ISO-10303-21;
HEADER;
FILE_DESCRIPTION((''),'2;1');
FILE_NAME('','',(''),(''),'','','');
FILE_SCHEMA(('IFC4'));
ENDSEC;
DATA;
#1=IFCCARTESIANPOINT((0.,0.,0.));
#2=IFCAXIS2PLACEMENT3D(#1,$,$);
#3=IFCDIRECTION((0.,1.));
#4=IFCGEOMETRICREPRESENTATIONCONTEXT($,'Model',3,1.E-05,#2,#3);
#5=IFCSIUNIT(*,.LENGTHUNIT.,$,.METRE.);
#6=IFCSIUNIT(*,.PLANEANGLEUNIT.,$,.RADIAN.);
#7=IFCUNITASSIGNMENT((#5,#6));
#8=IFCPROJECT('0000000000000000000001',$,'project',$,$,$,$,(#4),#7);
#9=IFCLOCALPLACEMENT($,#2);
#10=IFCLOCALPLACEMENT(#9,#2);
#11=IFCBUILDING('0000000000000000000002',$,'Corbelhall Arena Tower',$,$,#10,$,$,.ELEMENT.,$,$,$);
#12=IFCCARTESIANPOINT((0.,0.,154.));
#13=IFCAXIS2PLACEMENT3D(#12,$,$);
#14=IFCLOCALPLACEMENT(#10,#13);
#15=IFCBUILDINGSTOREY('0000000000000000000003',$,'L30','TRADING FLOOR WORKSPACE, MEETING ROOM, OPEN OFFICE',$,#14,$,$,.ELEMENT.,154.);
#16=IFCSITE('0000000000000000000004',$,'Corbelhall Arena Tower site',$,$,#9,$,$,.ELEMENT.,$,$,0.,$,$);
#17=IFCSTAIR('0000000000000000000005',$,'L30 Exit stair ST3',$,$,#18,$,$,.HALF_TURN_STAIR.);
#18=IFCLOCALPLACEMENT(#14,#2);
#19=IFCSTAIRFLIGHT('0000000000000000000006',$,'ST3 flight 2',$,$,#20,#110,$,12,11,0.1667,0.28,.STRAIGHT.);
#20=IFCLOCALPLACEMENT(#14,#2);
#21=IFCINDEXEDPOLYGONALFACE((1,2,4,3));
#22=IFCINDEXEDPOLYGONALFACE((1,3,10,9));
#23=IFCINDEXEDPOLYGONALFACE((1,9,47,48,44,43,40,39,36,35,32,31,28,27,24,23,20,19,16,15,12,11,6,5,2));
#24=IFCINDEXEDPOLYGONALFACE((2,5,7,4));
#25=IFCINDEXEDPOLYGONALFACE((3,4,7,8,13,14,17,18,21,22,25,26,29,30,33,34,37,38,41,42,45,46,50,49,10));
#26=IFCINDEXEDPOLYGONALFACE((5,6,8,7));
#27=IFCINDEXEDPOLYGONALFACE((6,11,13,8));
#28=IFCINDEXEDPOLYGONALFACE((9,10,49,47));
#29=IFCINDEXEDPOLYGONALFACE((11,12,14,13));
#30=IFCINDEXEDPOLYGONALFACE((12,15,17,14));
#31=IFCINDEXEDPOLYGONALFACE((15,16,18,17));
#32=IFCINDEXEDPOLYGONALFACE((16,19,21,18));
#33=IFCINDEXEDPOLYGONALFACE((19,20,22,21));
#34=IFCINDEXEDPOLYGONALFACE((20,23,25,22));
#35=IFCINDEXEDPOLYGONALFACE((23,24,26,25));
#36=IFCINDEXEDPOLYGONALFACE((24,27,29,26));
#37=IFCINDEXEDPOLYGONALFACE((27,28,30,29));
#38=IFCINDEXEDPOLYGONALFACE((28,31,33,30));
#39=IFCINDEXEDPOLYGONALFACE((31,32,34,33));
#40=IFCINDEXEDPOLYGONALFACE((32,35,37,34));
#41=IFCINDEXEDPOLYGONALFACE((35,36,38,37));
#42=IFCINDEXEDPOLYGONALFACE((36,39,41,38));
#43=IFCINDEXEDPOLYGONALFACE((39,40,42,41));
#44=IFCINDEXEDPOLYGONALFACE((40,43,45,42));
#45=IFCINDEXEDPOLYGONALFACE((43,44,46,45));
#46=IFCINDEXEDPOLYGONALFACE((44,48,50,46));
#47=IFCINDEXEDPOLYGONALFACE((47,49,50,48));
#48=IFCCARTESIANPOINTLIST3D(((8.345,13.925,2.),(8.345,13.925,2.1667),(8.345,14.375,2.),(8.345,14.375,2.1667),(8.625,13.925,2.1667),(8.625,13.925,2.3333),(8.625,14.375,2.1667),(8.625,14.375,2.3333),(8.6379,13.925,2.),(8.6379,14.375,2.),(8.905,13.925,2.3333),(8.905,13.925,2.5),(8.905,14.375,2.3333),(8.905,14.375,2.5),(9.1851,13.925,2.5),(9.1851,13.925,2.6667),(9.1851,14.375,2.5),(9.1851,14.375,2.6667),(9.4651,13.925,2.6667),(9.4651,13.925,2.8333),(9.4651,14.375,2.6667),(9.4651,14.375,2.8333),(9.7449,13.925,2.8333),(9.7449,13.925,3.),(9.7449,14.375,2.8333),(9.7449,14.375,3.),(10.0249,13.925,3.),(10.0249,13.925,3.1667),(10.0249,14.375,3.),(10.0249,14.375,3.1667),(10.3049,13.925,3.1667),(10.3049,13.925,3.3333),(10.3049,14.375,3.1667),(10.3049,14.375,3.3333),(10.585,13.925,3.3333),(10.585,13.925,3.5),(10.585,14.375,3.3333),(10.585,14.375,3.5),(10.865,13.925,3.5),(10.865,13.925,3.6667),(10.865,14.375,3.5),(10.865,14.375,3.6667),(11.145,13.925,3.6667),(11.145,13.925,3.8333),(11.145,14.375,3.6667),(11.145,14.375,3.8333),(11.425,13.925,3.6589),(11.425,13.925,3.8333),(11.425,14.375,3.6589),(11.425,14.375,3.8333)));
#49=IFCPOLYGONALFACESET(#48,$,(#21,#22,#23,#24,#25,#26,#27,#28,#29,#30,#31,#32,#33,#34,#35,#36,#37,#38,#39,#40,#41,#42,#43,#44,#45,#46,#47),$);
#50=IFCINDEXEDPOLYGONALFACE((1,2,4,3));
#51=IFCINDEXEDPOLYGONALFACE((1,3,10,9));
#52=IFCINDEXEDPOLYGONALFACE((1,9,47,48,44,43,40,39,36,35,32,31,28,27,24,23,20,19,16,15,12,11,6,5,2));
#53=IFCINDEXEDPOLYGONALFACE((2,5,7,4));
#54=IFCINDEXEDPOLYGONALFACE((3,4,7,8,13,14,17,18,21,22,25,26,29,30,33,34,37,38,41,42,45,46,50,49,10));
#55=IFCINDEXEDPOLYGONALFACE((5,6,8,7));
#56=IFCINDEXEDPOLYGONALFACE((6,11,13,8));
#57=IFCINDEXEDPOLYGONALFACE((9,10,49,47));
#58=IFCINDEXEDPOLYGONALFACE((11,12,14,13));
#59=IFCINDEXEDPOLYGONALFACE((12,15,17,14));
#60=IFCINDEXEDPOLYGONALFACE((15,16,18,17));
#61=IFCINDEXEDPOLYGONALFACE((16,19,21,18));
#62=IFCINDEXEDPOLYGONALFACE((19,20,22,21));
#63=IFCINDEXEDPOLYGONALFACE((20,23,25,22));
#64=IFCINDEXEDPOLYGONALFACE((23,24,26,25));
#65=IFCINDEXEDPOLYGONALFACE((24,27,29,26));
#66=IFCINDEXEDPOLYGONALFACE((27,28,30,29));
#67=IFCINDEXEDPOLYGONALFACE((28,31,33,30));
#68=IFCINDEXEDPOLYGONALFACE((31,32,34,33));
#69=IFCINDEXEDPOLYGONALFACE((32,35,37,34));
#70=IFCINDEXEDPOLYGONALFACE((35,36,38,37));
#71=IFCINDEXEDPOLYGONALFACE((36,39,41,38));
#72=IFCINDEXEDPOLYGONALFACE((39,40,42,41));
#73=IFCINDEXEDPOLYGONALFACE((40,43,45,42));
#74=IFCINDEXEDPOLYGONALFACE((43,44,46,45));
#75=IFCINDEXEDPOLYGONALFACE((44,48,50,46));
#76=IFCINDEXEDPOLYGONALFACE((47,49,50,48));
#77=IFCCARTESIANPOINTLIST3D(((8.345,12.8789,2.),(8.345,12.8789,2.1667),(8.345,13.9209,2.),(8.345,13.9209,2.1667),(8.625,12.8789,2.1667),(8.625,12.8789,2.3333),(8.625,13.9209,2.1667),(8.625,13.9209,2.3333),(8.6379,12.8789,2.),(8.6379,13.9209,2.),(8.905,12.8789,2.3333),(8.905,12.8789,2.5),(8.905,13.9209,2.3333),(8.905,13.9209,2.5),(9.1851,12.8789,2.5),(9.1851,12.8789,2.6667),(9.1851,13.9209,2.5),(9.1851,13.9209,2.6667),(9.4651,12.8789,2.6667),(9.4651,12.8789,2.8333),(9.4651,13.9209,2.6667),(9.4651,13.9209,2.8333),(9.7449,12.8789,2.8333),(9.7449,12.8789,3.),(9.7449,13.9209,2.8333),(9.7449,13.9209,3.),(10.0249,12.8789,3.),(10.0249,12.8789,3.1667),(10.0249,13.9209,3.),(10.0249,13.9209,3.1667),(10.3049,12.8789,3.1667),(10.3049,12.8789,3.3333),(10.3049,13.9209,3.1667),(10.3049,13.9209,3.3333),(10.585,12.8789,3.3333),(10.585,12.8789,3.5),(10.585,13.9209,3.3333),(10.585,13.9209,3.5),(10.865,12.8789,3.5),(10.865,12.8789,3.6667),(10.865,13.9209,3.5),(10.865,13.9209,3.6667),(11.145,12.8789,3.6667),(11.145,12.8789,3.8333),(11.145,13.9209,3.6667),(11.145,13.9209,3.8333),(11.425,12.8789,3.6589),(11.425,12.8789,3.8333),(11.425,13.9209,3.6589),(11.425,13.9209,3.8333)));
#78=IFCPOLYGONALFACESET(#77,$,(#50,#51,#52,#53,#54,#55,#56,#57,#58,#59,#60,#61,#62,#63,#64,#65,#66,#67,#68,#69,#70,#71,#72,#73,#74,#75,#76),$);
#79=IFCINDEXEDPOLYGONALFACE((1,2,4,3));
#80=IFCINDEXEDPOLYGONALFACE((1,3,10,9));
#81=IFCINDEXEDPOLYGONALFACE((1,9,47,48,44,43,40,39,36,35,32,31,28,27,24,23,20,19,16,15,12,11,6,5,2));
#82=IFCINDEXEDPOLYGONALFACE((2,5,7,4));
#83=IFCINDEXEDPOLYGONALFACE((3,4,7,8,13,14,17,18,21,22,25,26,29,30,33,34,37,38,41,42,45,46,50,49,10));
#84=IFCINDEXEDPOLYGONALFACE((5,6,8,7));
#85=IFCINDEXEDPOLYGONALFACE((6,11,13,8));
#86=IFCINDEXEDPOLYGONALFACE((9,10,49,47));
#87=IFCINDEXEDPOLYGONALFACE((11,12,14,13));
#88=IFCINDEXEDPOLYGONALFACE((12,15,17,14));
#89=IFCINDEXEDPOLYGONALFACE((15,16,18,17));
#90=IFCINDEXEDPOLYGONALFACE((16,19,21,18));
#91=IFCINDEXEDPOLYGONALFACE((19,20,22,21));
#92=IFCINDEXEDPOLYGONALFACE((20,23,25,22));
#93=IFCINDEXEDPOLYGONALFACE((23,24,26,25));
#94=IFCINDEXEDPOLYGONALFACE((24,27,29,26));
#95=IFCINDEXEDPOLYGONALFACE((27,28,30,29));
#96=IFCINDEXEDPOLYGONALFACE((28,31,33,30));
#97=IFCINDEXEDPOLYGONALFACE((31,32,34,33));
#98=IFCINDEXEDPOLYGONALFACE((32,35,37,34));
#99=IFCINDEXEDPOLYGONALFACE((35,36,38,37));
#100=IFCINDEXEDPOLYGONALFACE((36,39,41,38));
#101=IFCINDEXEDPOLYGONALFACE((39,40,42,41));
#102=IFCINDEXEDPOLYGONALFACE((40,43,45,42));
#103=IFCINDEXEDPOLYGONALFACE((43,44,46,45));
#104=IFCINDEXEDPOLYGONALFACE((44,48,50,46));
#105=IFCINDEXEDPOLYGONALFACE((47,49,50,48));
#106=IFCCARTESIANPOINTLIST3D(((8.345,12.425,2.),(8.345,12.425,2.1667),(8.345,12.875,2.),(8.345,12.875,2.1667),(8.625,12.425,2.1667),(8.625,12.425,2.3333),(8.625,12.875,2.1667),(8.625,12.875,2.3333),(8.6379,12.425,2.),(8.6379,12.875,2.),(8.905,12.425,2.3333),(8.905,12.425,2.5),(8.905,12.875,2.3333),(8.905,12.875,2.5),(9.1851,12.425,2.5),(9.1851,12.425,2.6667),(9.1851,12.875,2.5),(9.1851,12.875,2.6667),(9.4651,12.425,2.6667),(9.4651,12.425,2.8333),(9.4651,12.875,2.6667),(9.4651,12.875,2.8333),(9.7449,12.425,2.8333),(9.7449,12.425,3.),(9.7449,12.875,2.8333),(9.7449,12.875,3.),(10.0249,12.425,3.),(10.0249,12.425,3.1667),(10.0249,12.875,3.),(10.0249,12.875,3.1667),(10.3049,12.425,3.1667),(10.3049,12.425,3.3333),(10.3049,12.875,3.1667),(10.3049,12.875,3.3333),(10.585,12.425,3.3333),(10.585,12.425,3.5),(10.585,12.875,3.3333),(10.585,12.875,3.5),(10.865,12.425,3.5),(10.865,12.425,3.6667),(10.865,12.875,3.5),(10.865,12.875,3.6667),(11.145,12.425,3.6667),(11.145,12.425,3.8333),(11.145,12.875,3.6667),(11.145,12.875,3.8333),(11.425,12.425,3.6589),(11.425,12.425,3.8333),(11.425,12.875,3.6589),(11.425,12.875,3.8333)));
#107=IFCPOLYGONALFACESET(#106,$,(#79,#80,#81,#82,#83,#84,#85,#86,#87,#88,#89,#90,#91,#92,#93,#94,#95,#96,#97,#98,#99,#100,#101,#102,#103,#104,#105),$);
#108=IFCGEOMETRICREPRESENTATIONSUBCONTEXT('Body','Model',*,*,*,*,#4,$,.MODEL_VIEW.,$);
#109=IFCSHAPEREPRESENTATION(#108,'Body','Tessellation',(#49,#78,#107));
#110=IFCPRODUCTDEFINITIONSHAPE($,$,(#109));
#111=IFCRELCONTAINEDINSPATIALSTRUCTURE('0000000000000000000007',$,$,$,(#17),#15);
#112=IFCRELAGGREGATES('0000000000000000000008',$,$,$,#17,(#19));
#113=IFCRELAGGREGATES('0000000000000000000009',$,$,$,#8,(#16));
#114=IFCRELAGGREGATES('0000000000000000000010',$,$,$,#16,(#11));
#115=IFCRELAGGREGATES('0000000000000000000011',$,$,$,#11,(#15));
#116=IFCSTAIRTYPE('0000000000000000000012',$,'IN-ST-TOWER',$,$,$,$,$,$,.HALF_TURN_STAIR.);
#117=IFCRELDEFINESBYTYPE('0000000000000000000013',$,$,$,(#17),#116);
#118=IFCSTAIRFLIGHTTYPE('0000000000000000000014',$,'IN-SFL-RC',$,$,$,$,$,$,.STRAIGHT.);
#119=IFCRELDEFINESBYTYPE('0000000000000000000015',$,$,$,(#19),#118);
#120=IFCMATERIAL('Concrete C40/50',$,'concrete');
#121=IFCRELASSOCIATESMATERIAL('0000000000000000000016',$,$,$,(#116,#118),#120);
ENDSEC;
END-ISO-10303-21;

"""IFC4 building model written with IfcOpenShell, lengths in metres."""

from ifc_helpers import new_model, si_unit, direction, frame, origin, place, context, subcontext, project, spatial, polyline, outline, extrude, material, type_object, element, aggregate, save


model = new_model("IFC4")

# Units and contexts
model_context = context("Model", 3, precision=1e-05, world=origin(), true_north=direction((0.0, 1.0)))
body_context = subcontext(model_context, "Body", "Model", "MODEL_VIEW")
ifc_project = project(units=[si_unit("LENGTHUNIT", "METRE"), si_unit("PLANEANGLEUNIT", "RADIAN")], contexts=[model_context])

# Site, building, storey
site_placement = place(None, origin())
site = spatial("IfcSite", under=ifc_project, at=site_placement, Name="Corbelhall Arena Tower site", CompositionType="ELEMENT", RefElevation=0.0)
building_placement = place(site_placement, origin())
building = spatial("IfcBuilding", under=site, at=building_placement, Name="Corbelhall Arena Tower", CompositionType="ELEMENT")
storey_placement = place(building_placement, frame((0.0, 0.0, 154.0)))
storey = spatial("IfcBuildingStorey", under=building, at=storey_placement, Name="L30", Description="TRADING FLOOR WORKSPACE, MEETING ROOM, OPEN OFFICE", CompositionType="ELEMENT", Elevation=154.0)

# Shared definitions
ifc_material_1 = material(Name="Concrete C40/50", Category="concrete")

# Stair, stair flight
stair_type = type_object("IfcStairType", Name="IN-ST-TOWER", PredefinedType="HALF_TURN_STAIR", material=ifc_material_1)
stair_placement = place(storey_placement, origin())
stair = element("IfcStair", 1, at=stair_placement, inside=storey, type_object=stair_type, Name="L30 Exit stair ST3", PredefinedType="HALF_TURN_STAIR")
stair_flight_type = type_object("IfcStairFlightType", Name="IN-SFL-RC", PredefinedType="STRAIGHT", material=ifc_material_1)
stair_flight_1_placement = place(storey_placement, frame((8.345, 13.3999, 2.0), z_axis=(0.0, 0.0, 1.0), x_axis=(1.0, 0.0, 0.0)))
stair_flight_1 = element("IfcStairFlight", 2, at=stair_flight_1_placement, type_object=stair_flight_type, Name="ST3 flight 2", NumberOfRisers=12, NumberOfTreads=11, PredefinedType="STRAIGHT", RiserHeight=0.1667, TreadLength=0.28, context=body_context, shape_type="SweptSolid", body=[
    extrude(outline(polyline([(0.0, 0.0), (0.0, 0.1667), (0.28, 0.1667), (0.28, 0.3333), (0.5601, 0.3333), (0.5601, 0.5), (0.8401, 0.5), (0.8401, 0.6667), (1.1201, 0.6667), (1.1201, 0.8333), (1.3999, 0.8333), (1.3999, 1.0), (1.6799, 1.0), (1.6799, 1.1667), (1.96, 1.1667), (1.96, 1.3333), (2.24, 1.3333), (2.24, 1.5), (2.52, 1.5), (2.52, 1.6667), (2.8, 1.6667), (2.8, 1.8333), (3.0801, 1.8333), (3.0801, 2.0), (3.0801, 1.6589), (0.293, 0.0), (0.0, 0.0)])), frame((0.0, 0.9751, 0.0), z_axis=(0.0, -1.0, 0.0), x_axis=(1.0, 0.0, 0.0)), (0.0, 0.0, 1.0), 0.45),
    extrude(outline(polyline([(0.0, 0.0), (0.0, 0.1667), (0.28, 0.1667), (0.28, 0.3333), (0.5601, 0.3333), (0.5601, 0.5), (0.8401, 0.5), (0.8401, 0.6667), (1.1201, 0.6667), (1.1201, 0.8333), (1.3999, 0.8333), (1.3999, 1.0), (1.6799, 1.0), (1.6799, 1.1667), (1.96, 1.1667), (1.96, 1.3333), (2.24, 1.3333), (2.24, 1.5), (2.52, 1.5), (2.52, 1.6667), (2.8, 1.6667), (2.8, 1.8333), (3.0801, 1.8333), (3.0801, 2.0), (3.0801, 1.6589), (0.293, 0.0), (0.0, 0.0)])), frame((0.0, 0.521, 0.0), z_axis=(0.0, -1.0, 0.0), x_axis=(1.0, 0.0, 0.0)), (0.0, 0.0, 1.0), 1.042),
    extrude(outline(polyline([(0.0, 0.0), (0.0, 0.1667), (0.28, 0.1667), (0.28, 0.3333), (0.5601, 0.3333), (0.5601, 0.5), (0.8401, 0.5), (0.8401, 0.6667), (1.1201, 0.6667), (1.1201, 0.8333), (1.3999, 0.8333), (1.3999, 1.0), (1.6799, 1.0), (1.6799, 1.1667), (1.96, 1.1667), (1.96, 1.3333), (2.24, 1.3333), (2.24, 1.5), (2.52, 1.5), (2.52, 1.6667), (2.8, 1.6667), (2.8, 1.8333), (3.0801, 1.8333), (3.0801, 2.0), (3.0801, 1.6589), (0.293, 0.0), (0.0, 0.0)])), frame((0.0, -0.5249, 0.0), z_axis=(0.0, -1.0, 0.0), x_axis=(1.0, 0.0, 0.0)), (0.0, 0.0, 1.0), 0.45),
])
aggregate(stair, [stair_flight_1])

save(model, "model.ifc")
